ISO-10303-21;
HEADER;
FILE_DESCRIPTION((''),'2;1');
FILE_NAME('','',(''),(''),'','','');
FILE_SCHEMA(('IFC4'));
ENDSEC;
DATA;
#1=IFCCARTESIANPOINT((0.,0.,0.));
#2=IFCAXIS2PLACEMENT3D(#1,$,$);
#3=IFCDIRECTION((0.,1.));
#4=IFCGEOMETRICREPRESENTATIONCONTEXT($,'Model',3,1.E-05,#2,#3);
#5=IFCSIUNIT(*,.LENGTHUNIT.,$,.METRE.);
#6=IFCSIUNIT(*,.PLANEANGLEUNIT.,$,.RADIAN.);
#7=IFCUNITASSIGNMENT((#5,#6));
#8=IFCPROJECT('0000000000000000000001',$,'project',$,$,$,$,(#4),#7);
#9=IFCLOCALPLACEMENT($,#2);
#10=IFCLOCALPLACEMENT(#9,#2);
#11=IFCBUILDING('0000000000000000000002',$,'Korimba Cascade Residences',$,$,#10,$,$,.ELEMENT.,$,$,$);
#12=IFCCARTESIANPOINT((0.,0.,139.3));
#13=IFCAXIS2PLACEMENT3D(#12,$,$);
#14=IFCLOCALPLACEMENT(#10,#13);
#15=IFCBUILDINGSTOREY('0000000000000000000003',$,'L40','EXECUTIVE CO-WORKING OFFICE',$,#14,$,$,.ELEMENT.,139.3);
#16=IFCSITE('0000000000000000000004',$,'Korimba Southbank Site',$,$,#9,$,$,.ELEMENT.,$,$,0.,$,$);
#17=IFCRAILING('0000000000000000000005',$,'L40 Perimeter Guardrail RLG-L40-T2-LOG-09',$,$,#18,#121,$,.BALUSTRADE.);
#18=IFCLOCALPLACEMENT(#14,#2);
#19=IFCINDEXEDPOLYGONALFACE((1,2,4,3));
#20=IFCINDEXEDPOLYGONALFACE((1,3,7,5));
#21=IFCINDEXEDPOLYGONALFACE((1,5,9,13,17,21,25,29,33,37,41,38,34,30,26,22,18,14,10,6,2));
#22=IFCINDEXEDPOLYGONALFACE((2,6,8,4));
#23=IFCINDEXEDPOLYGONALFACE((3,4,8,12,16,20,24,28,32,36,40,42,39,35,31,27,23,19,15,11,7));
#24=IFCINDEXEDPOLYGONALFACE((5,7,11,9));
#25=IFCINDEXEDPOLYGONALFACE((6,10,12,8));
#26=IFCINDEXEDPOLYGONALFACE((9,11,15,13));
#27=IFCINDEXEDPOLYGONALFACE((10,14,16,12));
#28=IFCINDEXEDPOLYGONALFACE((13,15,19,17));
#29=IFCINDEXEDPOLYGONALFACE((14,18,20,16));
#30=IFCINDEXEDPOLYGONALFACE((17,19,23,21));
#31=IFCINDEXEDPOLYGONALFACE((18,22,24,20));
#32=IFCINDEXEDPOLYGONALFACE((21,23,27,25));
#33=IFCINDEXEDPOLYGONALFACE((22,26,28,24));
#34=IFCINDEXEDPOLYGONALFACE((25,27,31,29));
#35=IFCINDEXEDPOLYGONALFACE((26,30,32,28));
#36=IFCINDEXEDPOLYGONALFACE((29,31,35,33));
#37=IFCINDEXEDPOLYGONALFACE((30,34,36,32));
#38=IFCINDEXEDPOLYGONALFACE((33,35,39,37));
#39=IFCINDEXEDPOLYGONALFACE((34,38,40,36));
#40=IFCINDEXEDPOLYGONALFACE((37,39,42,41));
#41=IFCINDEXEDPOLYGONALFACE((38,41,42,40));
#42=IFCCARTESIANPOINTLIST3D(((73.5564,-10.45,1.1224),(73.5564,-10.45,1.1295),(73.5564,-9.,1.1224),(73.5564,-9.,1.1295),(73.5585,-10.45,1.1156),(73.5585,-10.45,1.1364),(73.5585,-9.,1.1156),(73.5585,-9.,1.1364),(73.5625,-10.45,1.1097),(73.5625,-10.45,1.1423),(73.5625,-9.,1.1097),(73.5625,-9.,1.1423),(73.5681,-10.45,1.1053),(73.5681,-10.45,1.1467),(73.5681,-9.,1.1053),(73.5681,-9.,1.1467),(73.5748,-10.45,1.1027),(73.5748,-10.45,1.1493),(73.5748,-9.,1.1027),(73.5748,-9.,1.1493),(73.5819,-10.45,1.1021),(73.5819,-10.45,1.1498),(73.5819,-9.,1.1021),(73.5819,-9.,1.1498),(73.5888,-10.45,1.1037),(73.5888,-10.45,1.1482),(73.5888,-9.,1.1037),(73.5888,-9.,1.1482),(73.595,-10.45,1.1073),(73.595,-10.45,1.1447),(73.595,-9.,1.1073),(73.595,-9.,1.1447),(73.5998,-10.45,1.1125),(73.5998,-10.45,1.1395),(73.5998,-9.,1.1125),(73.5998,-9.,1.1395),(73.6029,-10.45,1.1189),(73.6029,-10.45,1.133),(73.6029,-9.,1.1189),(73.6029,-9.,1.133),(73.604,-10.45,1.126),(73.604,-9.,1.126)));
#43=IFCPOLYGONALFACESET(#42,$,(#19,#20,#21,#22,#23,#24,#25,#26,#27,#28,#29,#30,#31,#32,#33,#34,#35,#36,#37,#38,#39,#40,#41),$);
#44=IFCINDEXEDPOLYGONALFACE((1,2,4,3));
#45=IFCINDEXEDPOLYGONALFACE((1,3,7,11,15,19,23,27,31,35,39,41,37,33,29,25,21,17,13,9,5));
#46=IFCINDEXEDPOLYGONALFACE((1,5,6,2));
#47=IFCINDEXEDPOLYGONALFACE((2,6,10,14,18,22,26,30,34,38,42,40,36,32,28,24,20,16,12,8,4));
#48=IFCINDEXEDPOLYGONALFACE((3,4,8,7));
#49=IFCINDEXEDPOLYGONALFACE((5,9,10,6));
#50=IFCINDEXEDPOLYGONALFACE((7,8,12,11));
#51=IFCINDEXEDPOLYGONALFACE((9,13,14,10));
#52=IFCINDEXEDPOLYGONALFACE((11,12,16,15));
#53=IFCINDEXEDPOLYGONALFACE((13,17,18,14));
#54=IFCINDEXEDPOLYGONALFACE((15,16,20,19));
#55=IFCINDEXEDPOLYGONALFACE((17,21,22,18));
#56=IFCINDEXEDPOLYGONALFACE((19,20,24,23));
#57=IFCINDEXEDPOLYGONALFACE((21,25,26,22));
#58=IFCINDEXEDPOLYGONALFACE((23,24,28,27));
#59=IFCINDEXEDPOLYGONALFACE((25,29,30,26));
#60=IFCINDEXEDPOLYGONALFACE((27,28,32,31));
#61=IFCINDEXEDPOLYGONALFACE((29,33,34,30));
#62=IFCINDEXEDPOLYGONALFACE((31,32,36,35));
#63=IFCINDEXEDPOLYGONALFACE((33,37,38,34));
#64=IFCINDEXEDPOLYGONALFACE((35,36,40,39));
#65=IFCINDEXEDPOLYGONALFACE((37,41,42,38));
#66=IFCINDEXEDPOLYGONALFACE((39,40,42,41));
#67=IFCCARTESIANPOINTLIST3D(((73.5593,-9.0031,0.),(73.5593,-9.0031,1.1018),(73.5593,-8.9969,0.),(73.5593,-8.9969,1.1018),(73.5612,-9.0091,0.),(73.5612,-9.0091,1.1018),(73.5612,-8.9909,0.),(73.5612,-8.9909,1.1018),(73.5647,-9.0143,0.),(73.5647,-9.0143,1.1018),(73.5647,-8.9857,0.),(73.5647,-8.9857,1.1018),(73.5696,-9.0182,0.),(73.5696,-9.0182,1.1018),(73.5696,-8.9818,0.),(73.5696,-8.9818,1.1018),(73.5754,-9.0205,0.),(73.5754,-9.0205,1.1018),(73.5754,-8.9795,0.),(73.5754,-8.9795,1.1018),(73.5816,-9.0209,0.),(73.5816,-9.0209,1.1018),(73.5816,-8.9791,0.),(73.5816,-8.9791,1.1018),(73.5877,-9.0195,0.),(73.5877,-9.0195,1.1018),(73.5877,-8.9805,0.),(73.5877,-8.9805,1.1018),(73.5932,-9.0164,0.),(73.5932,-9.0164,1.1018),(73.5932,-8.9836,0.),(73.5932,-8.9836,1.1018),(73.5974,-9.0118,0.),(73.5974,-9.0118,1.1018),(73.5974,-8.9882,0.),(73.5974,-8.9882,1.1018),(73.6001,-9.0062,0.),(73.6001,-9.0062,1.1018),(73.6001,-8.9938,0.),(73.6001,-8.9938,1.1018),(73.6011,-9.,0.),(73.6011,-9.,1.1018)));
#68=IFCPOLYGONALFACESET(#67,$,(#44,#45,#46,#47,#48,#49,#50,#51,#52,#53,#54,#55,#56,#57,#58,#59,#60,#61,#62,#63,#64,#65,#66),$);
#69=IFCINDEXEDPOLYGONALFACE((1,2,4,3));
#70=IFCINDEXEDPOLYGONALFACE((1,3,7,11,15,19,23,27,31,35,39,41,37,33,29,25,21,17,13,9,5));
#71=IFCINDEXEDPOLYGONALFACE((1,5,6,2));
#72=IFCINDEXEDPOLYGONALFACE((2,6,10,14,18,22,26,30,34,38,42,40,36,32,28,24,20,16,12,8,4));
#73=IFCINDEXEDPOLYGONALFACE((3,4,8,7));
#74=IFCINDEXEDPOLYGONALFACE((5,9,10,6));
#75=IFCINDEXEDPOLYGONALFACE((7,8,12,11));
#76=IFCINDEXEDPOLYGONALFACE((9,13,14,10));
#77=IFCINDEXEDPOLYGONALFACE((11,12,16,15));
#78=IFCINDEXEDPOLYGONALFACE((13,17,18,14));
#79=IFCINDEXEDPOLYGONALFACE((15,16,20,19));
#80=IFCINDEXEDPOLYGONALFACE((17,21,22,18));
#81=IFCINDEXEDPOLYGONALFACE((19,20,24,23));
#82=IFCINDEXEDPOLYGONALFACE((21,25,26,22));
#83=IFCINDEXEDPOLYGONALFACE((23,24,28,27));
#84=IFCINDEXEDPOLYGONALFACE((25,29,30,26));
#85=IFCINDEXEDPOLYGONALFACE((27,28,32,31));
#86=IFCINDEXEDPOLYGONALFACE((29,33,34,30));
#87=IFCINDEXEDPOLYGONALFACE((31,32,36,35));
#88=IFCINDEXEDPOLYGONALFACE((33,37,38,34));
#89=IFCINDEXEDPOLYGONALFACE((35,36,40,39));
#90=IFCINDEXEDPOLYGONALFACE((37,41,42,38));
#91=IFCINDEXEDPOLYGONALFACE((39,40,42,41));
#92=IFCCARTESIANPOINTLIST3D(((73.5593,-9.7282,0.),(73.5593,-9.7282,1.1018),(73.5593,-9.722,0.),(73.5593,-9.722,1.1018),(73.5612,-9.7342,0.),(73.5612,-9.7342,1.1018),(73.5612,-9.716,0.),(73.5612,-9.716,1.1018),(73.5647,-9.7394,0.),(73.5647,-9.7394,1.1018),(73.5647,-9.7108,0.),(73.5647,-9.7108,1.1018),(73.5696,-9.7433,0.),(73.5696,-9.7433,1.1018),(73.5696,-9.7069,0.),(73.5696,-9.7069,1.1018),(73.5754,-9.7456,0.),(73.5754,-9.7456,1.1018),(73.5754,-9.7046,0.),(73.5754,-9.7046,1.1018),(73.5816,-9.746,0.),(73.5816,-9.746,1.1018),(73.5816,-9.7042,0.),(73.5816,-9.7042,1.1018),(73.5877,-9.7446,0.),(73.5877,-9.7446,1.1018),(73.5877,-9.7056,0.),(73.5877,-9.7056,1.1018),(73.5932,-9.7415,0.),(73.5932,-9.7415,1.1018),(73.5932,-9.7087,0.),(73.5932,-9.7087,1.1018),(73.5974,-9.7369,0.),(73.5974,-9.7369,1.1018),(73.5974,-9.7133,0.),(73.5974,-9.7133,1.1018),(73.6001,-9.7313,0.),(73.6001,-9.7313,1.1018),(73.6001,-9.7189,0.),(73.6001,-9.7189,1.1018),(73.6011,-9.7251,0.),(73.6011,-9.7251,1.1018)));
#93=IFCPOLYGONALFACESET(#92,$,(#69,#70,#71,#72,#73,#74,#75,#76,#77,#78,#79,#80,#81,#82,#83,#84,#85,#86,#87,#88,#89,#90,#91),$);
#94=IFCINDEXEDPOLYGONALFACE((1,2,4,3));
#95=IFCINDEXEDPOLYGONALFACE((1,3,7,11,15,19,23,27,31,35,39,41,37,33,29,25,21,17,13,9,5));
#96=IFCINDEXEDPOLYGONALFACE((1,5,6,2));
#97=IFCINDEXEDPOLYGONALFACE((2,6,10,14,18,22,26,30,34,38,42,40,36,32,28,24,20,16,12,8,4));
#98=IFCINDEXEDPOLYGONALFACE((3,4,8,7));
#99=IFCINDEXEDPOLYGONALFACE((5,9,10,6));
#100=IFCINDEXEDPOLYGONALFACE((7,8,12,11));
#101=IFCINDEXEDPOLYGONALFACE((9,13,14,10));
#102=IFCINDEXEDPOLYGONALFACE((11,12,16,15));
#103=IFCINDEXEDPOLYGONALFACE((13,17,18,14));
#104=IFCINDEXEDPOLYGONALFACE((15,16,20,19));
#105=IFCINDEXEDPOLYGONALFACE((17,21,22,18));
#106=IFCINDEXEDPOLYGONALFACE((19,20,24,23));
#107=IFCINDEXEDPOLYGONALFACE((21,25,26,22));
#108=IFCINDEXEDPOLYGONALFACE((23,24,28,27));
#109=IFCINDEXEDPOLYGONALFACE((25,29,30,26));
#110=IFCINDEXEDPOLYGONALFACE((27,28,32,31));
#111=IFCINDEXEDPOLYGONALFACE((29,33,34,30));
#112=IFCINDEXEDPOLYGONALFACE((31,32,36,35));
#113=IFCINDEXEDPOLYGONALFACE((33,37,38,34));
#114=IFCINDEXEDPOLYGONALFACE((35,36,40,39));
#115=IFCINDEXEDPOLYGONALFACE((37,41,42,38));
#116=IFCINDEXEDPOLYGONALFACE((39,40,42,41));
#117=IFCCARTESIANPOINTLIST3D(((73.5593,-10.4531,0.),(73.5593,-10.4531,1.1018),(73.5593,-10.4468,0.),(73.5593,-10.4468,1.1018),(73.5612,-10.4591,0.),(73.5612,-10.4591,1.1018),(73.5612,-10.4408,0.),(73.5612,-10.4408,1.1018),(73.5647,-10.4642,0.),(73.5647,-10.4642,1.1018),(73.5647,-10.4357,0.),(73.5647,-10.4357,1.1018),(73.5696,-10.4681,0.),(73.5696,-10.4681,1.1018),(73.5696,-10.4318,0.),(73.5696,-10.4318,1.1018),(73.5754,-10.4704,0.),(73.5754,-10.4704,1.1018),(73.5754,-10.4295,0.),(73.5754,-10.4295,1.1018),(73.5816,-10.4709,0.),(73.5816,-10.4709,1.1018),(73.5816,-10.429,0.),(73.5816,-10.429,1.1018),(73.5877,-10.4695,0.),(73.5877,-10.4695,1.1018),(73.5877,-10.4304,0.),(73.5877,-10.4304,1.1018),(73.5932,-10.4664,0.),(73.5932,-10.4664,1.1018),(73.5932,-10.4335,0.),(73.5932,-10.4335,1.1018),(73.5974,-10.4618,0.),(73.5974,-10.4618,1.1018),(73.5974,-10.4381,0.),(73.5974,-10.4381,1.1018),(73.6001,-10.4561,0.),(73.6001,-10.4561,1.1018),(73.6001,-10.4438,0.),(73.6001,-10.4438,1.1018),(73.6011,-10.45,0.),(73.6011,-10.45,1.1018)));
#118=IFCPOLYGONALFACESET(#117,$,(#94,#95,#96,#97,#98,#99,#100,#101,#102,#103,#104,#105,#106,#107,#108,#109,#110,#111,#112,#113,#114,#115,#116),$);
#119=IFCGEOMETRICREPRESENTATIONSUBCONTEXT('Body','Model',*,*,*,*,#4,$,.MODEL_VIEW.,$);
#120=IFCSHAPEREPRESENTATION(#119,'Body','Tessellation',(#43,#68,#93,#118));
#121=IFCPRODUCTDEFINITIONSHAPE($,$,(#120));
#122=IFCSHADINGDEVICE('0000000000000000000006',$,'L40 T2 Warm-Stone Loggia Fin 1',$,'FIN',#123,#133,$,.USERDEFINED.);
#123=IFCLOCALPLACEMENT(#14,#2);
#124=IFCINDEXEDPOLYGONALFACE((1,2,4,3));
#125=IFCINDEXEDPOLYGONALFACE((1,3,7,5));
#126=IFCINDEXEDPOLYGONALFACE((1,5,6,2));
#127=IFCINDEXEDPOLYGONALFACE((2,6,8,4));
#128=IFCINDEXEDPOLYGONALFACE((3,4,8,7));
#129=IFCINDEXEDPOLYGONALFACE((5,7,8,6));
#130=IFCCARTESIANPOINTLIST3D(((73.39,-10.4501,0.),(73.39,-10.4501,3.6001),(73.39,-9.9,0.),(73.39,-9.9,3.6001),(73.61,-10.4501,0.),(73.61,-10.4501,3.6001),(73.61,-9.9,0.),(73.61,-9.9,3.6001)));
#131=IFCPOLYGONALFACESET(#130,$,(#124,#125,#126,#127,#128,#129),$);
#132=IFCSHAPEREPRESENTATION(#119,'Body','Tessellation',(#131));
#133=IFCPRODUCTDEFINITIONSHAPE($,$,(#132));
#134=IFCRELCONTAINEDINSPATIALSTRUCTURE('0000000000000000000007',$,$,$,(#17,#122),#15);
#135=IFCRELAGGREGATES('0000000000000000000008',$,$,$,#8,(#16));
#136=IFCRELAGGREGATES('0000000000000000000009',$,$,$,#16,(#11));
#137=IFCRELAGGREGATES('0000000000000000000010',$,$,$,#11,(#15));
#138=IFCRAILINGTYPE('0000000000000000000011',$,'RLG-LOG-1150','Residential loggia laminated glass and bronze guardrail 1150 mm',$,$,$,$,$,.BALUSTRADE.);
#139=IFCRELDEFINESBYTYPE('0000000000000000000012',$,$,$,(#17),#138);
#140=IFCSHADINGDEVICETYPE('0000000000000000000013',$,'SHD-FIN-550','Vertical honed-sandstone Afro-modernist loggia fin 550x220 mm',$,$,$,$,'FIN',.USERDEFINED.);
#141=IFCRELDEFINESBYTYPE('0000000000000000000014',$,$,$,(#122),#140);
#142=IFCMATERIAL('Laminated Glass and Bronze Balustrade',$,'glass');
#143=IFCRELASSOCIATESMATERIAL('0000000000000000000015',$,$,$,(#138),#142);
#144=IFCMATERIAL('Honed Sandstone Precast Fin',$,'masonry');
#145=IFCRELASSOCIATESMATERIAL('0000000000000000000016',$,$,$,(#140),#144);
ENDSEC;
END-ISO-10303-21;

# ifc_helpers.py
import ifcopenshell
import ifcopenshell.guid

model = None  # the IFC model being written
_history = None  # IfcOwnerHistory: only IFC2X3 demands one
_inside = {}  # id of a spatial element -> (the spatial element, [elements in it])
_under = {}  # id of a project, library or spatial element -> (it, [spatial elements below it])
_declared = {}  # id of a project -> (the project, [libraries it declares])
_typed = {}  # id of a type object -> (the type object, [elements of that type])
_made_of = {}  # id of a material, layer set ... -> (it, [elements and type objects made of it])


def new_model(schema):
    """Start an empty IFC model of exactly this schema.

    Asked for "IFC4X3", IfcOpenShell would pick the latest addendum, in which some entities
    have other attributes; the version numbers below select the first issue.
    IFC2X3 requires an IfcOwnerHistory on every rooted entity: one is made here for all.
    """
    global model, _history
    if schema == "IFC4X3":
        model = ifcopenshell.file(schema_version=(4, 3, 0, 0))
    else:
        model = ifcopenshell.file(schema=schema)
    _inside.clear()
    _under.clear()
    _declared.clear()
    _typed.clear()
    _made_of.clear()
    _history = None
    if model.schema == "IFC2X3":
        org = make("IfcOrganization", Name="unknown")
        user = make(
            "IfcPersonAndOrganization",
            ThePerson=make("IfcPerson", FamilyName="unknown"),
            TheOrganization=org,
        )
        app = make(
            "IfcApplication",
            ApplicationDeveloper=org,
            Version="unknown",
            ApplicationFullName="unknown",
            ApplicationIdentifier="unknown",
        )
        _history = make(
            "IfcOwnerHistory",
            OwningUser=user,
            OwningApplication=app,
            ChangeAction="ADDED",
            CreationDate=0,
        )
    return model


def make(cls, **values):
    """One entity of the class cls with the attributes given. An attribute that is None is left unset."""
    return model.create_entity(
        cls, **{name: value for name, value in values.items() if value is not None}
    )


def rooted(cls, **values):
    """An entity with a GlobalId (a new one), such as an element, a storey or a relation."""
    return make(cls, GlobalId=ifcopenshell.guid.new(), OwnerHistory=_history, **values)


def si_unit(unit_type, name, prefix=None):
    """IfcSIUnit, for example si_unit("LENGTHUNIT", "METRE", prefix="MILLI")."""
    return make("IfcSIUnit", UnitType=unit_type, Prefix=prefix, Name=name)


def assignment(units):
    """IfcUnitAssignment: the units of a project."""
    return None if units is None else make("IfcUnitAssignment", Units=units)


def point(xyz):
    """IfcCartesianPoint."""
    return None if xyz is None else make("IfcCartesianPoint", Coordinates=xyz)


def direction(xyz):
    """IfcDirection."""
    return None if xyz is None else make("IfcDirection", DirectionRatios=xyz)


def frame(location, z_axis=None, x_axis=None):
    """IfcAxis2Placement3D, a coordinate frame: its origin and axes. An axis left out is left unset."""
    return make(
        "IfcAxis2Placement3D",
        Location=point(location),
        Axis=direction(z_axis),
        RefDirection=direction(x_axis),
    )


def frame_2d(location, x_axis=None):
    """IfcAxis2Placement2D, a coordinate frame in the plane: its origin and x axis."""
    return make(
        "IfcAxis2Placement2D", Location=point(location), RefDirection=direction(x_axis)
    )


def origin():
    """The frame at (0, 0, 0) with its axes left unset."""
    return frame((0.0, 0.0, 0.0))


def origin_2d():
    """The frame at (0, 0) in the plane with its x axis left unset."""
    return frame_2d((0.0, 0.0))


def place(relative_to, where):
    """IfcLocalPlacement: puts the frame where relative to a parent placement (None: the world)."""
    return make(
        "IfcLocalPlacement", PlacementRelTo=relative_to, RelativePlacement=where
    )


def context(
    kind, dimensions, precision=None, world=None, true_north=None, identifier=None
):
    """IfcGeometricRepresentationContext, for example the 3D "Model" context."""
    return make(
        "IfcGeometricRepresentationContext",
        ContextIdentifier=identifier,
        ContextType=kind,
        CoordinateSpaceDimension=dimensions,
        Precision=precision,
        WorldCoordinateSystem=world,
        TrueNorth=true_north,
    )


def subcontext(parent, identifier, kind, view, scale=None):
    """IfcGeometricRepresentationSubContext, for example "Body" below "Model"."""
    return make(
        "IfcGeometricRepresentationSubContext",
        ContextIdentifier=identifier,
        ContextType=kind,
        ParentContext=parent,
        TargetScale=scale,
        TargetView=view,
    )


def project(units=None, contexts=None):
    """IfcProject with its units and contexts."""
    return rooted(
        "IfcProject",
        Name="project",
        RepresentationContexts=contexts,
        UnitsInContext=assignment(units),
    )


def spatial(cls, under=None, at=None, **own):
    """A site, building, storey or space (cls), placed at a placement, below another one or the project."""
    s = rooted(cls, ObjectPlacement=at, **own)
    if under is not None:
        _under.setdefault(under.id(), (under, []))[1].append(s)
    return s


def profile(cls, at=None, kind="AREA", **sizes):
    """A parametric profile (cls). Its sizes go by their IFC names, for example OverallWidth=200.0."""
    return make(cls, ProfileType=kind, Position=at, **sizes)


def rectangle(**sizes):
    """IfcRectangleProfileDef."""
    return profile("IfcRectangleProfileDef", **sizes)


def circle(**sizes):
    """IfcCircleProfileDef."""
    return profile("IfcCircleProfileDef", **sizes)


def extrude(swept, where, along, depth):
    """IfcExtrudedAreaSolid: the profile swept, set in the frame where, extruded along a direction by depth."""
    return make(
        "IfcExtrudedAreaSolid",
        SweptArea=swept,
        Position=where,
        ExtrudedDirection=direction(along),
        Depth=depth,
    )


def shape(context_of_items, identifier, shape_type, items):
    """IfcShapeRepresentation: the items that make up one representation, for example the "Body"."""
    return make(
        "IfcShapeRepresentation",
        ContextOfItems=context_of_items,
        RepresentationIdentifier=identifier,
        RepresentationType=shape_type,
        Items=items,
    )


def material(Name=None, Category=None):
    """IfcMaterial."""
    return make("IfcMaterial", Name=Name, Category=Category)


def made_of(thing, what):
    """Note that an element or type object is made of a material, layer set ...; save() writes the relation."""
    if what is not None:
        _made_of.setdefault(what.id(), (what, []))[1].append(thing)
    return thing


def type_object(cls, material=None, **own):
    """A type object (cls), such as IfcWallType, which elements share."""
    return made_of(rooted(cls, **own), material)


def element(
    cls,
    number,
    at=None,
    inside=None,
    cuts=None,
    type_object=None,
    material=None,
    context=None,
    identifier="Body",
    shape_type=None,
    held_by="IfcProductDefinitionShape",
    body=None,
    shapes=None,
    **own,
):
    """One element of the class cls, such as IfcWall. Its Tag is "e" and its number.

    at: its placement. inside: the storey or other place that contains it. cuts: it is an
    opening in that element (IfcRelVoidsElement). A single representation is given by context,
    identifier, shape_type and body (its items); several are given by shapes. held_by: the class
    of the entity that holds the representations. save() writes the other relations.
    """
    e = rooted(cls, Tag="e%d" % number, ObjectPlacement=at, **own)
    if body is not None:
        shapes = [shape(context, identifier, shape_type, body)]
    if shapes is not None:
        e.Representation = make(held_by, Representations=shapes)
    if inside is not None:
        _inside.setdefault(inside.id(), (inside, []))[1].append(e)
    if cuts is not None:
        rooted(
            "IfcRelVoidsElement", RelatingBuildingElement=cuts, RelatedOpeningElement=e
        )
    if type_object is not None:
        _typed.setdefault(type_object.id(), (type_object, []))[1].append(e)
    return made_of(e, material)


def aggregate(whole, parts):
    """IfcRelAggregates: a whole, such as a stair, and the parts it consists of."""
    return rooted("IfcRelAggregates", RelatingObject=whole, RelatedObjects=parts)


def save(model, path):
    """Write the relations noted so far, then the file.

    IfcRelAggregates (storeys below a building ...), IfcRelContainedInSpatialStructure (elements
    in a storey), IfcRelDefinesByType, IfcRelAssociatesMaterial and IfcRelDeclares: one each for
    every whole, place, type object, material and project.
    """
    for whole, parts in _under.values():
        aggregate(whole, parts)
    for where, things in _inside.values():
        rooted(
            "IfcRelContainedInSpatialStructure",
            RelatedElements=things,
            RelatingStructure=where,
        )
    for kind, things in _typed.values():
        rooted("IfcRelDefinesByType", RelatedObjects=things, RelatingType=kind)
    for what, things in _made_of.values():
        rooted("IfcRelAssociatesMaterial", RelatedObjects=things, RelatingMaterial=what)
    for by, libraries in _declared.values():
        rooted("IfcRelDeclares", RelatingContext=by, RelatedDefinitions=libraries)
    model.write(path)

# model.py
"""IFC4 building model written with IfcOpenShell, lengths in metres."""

from ifc_helpers import new_model, si_unit, direction, frame, origin, origin_2d, place, context, subcontext, project, spatial, rectangle, circle, extrude, material, type_object, element, save


model = new_model("IFC4")

# Units and contexts
model_context = context("Model", 3, precision=1e-05, world=origin(), true_north=direction((0.0, 1.0)))
body_context = subcontext(model_context, "Body", "Model", "MODEL_VIEW")
ifc_project = project(units=[si_unit("LENGTHUNIT", "METRE"), si_unit("PLANEANGLEUNIT", "RADIAN")], contexts=[model_context])

# Site, building, storey
site_placement = place(None, origin())
site = spatial("IfcSite", under=ifc_project, at=site_placement, Name="Korimba Southbank Site", CompositionType="ELEMENT", RefElevation=0.0)
building_placement = place(site_placement, origin())
building = spatial("IfcBuilding", under=site, at=building_placement, Name="Korimba Cascade Residences", CompositionType="ELEMENT")
storey_placement = place(building_placement, frame((0.0, 0.0, 139.3)))
storey = spatial("IfcBuildingStorey", under=building, at=storey_placement, Name="L40", Description="EXECUTIVE CO-WORKING OFFICE", CompositionType="ELEMENT", Elevation=139.3)

# Railing
ifc_material_1 = material(Name="Laminated Glass and Bronze Balustrade", Category="glass")
railing_type = type_object("IfcRailingType", Name="RLG-LOG-1150", Description="Residential loggia laminated glass and bronze guardrail 1150 mm", PredefinedType="BALUSTRADE", material=ifc_material_1)
railing_1_placement = place(storey_placement, frame((73.5801, -9.0, 0.0)))
element("IfcRailing", 1, at=railing_1_placement, inside=storey, type_object=railing_type, Name="L40 Perimeter Guardrail RLG-L40-T2-LOG-09", PredefinedType="BALUSTRADE", context=body_context, shape_type="SweptSolid", body=[
    extrude(circle(Radius=0.0239, at=origin_2d()), frame((0.0, 0.0, 1.126), z_axis=(0.0, -1.0, 0.0), x_axis=(1.0, 0.0, 0.0)), (0.0, 0.0, 1.0), 1.45),
    extrude(circle(Radius=0.021, at=origin_2d()), origin(), (0.0, 0.0, 1.0), 1.1018),
    extrude(circle(Radius=0.021, at=origin_2d()), frame((0.0, -0.7251, 0.0)), (0.0, 0.0, 1.0), 1.1018),
    extrude(circle(Radius=0.021, at=origin_2d()), frame((0.0, -1.45, 0.0)), (0.0, 0.0, 1.0), 1.1018),
])

# Shading device
ifc_material_2 = material(Name="Honed Sandstone Precast Fin", Category="masonry")
shading_device_type = type_object("IfcShadingDeviceType", Name="SHD-FIN-550", Description="Vertical honed-sandstone Afro-modernist loggia fin 550x220 mm", ElementType="FIN", PredefinedType="USERDEFINED", material=ifc_material_2)
shading_device_placement = place(storey_placement, frame((73.5, -10.175, 0.0), z_axis=(0.0, 0.0, 1.0), x_axis=(1.0, 0.0, 0.0)))
element("IfcShadingDevice", 2, at=shading_device_placement, inside=storey, type_object=shading_device_type, Name="L40 T2 Warm-Stone Loggia Fin 1", ObjectType="FIN", PredefinedType="USERDEFINED", context=body_context, shape_type="SweptSolid", body=[
    extrude(rectangle(XDim=0.22, YDim=0.55, at=origin_2d()), origin(), (0.0, 0.0, 1.0), 3.6001),
])

save(model, "model.ifc")
